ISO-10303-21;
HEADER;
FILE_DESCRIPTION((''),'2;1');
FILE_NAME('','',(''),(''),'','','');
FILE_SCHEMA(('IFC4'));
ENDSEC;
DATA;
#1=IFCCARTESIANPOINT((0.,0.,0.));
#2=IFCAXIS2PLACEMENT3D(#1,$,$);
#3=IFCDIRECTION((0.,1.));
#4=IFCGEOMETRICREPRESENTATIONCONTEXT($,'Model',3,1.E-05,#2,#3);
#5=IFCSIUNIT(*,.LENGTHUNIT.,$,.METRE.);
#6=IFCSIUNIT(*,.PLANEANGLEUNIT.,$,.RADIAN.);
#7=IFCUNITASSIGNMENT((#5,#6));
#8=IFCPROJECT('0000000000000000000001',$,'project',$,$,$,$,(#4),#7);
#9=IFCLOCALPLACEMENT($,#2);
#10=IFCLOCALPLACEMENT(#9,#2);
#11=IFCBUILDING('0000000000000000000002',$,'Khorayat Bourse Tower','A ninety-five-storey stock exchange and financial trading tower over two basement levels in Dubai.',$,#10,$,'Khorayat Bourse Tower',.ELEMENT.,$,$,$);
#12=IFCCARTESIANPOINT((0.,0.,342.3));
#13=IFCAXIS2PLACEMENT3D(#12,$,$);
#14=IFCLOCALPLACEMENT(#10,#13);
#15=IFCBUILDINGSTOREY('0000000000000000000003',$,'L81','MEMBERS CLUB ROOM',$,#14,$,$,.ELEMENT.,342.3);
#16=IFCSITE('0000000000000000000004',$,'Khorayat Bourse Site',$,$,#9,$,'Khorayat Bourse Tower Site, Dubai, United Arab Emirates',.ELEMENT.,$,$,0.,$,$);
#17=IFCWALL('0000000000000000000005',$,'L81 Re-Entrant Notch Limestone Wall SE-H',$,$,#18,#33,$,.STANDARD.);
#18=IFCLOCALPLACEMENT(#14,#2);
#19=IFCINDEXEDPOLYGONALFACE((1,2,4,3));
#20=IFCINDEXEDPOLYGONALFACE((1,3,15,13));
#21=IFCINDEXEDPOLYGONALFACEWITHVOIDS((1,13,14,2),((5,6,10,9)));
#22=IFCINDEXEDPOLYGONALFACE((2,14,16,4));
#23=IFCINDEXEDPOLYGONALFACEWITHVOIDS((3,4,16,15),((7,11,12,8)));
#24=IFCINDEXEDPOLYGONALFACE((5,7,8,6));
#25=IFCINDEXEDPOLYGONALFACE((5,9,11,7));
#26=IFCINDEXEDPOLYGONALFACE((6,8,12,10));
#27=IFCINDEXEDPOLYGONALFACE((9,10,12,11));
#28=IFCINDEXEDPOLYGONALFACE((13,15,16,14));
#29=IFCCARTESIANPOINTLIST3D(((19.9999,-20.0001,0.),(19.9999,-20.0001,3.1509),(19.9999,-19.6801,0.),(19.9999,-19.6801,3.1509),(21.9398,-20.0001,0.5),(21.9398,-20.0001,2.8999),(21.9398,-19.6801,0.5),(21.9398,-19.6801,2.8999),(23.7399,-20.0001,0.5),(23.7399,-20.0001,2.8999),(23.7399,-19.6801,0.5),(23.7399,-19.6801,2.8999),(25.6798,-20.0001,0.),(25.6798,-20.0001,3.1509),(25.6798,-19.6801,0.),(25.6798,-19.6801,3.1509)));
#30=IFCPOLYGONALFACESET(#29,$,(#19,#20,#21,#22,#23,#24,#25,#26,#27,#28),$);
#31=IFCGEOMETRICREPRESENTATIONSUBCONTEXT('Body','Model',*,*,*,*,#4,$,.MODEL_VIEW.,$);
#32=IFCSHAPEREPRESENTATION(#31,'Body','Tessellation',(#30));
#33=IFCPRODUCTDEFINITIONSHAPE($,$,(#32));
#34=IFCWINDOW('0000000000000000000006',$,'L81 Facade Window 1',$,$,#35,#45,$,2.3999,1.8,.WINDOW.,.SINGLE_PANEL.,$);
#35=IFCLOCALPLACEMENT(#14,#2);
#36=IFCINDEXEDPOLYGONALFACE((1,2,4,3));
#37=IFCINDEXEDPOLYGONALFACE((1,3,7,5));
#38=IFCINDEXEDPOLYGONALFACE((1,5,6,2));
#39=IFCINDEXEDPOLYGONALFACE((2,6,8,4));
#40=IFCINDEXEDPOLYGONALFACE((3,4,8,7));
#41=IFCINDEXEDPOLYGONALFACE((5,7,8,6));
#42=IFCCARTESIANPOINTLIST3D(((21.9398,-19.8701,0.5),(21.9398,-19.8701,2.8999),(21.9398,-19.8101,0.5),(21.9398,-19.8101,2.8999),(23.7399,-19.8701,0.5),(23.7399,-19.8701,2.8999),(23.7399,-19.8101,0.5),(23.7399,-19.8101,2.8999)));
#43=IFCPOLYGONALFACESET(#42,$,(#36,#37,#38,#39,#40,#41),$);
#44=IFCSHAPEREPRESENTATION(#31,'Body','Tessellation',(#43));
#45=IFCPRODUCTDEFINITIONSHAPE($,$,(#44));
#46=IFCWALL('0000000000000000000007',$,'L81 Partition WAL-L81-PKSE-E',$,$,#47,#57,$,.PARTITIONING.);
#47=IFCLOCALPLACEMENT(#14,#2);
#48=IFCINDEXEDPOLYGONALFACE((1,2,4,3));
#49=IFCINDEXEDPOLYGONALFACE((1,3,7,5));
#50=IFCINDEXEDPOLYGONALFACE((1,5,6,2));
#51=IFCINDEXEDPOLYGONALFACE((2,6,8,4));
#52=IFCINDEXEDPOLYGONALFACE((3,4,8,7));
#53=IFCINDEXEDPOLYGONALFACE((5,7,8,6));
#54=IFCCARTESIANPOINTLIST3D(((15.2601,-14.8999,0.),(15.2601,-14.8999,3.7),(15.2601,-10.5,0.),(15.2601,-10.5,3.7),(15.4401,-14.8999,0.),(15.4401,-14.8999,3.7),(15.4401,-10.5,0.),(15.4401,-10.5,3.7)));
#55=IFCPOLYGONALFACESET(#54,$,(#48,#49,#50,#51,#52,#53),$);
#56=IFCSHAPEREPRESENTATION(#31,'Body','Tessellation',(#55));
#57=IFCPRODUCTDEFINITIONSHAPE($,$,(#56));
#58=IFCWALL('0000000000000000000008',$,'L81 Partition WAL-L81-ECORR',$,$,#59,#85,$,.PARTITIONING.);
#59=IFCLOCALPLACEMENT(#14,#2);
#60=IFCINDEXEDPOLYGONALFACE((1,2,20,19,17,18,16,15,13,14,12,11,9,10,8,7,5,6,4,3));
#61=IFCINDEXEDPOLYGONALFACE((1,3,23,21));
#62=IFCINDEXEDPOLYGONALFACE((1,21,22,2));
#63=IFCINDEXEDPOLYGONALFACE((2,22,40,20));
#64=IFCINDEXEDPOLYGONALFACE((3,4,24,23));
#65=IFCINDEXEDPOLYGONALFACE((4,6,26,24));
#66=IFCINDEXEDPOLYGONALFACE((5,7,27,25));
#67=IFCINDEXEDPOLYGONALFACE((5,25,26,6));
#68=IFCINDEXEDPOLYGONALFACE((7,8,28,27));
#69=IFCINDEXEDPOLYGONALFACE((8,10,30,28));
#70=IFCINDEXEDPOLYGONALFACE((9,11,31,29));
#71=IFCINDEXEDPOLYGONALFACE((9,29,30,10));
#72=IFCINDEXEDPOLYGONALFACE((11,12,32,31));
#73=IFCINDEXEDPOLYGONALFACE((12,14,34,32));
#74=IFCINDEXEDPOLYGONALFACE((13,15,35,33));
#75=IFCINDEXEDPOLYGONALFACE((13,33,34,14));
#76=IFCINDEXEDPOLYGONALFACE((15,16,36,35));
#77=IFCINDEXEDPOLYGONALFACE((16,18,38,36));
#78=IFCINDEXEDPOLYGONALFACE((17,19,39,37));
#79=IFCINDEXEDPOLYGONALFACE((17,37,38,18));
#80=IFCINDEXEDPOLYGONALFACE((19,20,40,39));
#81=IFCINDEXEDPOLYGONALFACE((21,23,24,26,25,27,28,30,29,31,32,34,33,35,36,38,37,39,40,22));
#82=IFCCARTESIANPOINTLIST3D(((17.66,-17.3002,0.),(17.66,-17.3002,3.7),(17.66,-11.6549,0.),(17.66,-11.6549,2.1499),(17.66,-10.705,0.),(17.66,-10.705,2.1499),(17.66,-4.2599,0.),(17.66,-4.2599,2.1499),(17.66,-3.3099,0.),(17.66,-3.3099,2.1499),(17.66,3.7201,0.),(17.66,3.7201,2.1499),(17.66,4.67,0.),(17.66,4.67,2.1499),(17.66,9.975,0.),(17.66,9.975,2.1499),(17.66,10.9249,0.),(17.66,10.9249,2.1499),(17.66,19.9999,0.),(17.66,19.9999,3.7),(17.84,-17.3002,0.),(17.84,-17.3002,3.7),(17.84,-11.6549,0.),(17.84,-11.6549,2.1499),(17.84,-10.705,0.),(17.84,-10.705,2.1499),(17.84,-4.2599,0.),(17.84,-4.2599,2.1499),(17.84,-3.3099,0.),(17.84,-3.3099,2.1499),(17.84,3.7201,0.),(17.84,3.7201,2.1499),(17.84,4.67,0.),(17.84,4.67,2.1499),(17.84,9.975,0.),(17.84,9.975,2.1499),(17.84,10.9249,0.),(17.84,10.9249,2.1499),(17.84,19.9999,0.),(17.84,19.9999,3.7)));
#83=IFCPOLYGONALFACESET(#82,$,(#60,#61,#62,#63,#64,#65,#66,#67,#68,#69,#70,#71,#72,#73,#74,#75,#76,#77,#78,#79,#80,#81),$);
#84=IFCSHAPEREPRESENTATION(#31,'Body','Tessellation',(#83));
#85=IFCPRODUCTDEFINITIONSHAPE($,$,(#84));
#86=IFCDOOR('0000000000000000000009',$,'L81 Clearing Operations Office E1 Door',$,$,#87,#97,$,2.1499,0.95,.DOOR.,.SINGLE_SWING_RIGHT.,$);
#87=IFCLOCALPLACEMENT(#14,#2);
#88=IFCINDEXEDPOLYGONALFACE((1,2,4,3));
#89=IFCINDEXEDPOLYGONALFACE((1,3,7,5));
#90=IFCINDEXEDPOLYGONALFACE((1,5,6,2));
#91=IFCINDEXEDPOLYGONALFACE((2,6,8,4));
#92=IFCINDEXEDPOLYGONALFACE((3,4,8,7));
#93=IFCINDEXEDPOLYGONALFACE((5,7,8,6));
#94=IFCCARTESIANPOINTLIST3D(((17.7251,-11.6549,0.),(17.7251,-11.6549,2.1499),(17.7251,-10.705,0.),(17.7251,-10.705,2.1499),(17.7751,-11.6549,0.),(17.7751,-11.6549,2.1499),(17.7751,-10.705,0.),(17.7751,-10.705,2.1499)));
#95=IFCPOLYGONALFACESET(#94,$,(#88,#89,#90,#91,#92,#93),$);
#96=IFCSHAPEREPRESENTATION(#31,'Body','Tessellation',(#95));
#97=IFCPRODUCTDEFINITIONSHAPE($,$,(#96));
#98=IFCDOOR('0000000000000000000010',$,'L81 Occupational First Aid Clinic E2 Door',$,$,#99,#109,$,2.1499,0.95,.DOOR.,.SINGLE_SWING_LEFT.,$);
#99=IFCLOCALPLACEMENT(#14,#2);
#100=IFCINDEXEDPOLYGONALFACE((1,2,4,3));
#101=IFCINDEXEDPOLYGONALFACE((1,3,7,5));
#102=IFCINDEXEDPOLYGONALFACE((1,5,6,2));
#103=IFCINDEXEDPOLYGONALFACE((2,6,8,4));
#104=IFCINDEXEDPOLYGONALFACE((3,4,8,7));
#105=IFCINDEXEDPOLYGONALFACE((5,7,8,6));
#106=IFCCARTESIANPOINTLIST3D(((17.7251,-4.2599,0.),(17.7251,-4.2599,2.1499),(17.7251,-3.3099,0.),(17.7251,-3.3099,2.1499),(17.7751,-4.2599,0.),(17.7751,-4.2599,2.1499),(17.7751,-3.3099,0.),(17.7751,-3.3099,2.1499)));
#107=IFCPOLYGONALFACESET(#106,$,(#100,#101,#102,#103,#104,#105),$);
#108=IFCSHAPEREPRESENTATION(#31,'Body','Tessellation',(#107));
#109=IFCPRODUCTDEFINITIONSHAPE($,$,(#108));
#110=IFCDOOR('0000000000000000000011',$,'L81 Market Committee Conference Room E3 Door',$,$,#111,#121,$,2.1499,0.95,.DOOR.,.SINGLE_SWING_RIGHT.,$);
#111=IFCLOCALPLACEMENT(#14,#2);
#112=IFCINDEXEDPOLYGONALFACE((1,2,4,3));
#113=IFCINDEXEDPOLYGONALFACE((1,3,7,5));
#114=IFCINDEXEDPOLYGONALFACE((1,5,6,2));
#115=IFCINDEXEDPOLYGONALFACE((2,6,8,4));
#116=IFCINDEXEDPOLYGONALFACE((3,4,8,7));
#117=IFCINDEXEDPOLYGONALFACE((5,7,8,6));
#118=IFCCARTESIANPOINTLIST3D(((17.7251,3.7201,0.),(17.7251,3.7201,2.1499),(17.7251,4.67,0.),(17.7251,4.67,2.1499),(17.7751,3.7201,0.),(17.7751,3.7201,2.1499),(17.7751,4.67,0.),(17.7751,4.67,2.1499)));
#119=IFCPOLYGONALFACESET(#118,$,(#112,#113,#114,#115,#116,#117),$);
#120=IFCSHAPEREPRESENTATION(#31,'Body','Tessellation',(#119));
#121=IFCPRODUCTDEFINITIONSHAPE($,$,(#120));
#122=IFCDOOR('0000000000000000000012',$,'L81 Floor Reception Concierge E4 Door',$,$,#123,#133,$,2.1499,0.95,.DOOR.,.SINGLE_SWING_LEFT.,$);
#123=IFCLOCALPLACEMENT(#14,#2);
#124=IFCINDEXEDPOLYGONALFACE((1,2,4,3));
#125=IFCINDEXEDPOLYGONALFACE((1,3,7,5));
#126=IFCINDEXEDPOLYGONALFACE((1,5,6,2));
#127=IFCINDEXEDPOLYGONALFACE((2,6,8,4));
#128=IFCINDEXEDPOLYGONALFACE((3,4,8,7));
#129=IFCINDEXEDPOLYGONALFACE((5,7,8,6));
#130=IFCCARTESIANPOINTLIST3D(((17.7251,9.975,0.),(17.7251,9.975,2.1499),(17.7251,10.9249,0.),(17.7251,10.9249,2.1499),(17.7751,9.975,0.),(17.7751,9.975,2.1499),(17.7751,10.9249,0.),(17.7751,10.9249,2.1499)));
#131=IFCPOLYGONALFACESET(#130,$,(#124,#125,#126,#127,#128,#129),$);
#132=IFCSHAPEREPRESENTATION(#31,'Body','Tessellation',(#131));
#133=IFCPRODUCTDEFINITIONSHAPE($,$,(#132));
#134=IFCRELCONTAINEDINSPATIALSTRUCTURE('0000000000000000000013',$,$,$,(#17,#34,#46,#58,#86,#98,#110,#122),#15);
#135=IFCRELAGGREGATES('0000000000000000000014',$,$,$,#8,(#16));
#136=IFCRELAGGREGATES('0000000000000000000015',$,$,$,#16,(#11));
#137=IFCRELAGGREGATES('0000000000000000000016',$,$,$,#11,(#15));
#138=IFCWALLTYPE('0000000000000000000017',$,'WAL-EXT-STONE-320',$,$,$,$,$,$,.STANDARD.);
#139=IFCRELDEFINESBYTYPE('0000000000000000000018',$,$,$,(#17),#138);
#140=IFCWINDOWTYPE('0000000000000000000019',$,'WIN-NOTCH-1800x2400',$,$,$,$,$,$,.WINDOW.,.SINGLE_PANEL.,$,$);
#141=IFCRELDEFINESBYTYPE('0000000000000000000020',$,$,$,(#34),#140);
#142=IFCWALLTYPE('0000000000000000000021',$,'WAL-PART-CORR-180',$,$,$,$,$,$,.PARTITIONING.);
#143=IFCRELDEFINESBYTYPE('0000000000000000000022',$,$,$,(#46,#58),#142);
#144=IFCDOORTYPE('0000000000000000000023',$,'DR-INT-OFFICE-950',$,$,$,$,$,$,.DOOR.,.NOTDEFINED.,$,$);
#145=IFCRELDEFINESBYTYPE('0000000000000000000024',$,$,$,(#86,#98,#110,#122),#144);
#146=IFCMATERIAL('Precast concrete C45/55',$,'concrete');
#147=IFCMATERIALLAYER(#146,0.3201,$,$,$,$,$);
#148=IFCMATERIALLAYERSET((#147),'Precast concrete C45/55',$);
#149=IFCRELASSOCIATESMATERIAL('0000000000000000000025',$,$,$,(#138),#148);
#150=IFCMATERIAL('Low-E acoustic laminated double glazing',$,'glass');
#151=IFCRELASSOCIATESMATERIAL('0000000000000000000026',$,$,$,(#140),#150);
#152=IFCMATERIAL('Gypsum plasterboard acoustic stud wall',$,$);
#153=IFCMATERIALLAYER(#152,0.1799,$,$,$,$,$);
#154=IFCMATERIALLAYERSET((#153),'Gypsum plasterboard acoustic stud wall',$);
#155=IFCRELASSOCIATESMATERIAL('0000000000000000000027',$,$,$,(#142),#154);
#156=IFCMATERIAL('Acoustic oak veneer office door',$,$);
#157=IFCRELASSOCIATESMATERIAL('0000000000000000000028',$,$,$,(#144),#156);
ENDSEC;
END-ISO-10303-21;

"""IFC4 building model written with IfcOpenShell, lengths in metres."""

from ifc_helpers import new_model, si_unit, direction, frame, frame_2d, origin, place, context, subcontext, project, spatial, rectangle, extrude, source, transform, mapped, material, layer, layer_set, type_object, element, fill, save


model = new_model("IFC4")

# Units and contexts
model_context = context("Model", 3, precision=1e-05, world=origin(), true_north=direction((0.0, 1.0)))
body_context = subcontext(model_context, "Body", "Model", "MODEL_VIEW")
ifc_project = project(units=[si_unit("LENGTHUNIT", "METRE"), si_unit("PLANEANGLEUNIT", "RADIAN")], contexts=[model_context])

# Site, building, storey
site_placement = place(None, origin())
site = spatial("IfcSite", under=ifc_project, at=site_placement, Name="Khorayat Bourse Site", LongName="Khorayat Bourse Tower Site, Dubai, United Arab Emirates", CompositionType="ELEMENT", RefElevation=0.0)
building_placement = place(site_placement, origin())
building = spatial("IfcBuilding", under=site, at=building_placement, Name="Khorayat Bourse Tower", Description="A ninety-five-storey stock exchange and financial trading tower over two basement levels in Dubai.", LongName="Khorayat Bourse Tower", CompositionType="ELEMENT")
storey_placement = place(building_placement, frame((0.0, 0.0, 342.3)))
storey = spatial("IfcBuildingStorey", under=building, at=storey_placement, Name="L81", Description="MEMBERS CLUB ROOM", CompositionType="ELEMENT", Elevation=342.3)

# Wall, opening, window
ifc_material_1 = material(Name="Precast concrete C45/55", Category="concrete")
ifc_layer_1 = layer(ifc_material_1, 0.3201)
ifc_layer_set_1 = layer_set([ifc_layer_1], Name="Precast concrete C45/55")
wall_type_1 = type_object("IfcWallType", Name="WAL-EXT-STONE-320", PredefinedType="STANDARD", material=ifc_layer_set_1)
shared_shape_1 = source(origin(), body_context, "Body", "SweptSolid", [
    extrude(rectangle(XDim=5.6799, YDim=0.3201, at=frame_2d((2.8398, 0.0))), origin(), (0.0, 0.0, 1.0), 3.1509),
])
wall_1_placement = place(storey_placement, frame((20.0, -19.8401, 0.0), z_axis=(0.0, 0.0, 1.0), x_axis=(1.0, 0.0, 0.0)))
wall_1 = element("IfcWall", 1, at=wall_1_placement, inside=storey, type_object=wall_type_1, Name="L81 Re-Entrant Notch Limestone Wall SE-H", PredefinedType="STANDARD", context=body_context, shape_type="MappedRepresentation", body=[
    mapped(shared_shape_1, transform((0.0, 0.0, 0.0), scale=1.0)),
])
shared_shape_2 = source(origin(), body_context, "Body", "SweptSolid", [
    extrude(rectangle(XDim=1.8, YDim=2.3999, at=frame_2d((0.8999, 1.2))), frame((0.0, 0.1699, 0.0), z_axis=(0.0, -1.0, 0.0), x_axis=(1.0, 0.0, 0.0)), (0.0, 0.0, 1.0), 0.3401),
])
opening_1_placement = place(wall_1_placement, frame((1.9399, 0.0, 0.5)))
opening_1 = element("IfcOpeningElement", 2, at=opening_1_placement, cuts=wall_1, PredefinedType="OPENING", context=body_context, shape_type="MappedRepresentation", body=[
    mapped(shared_shape_2, transform((0.0, 0.0, 0.0), scale=1.0)),
])
ifc_material_2 = material(Name="Low-E acoustic laminated double glazing", Category="glass")
window_type = type_object("IfcWindowType", Name="WIN-NOTCH-1800x2400", PartitioningType="SINGLE_PANEL", PredefinedType="WINDOW", material=ifc_material_2)
shared_shape_3 = source(origin(), body_context, "Body", "SweptSolid", [
    extrude(rectangle(XDim=1.8, YDim=2.3999, at=frame_2d((0.8999, 1.2))), frame((0.0, 0.03, 0.0), z_axis=(0.0, -1.0, 0.0), x_axis=(1.0, 0.0, 0.0)), (0.0, 0.0, 1.0), 0.0601),
])
window_placement = place(opening_1_placement, origin())
window = element("IfcWindow", 3, at=window_placement, inside=storey, type_object=window_type, Name="L81 Facade Window 1", OverallHeight=2.3999, OverallWidth=1.8, PartitioningType="SINGLE_PANEL", PredefinedType="WINDOW", context=body_context, shape_type="MappedRepresentation", body=[
    mapped(shared_shape_3, transform((0.0, 0.0, 0.0), scale=1.0)),
])
fill(opening_1, window)

# Wall
ifc_material_3 = material(Name="Gypsum plasterboard acoustic stud wall")
ifc_layer_2 = layer(ifc_material_3, 0.1799)
ifc_layer_set_2 = layer_set([ifc_layer_2], Name="Gypsum plasterboard acoustic stud wall")
wall_type_2 = type_object("IfcWallType", Name="WAL-PART-CORR-180", PredefinedType="PARTITIONING", material=ifc_layer_set_2)
shared_shape_4 = source(origin(), body_context, "Body", "SweptSolid", [
    extrude(rectangle(XDim=4.3999, YDim=0.1799, at=frame_2d((2.2, 0.0))), origin(), (0.0, 0.0, 1.0), 3.7),
])
wall_2_placement = place(storey_placement, frame((15.3501, -14.8999, 0.0), z_axis=(0.0, 0.0, 1.0), x_axis=(0.0, 1.0, 0.0)))
element("IfcWall", 4, at=wall_2_placement, inside=storey, type_object=wall_type_2, Name="L81 Partition WAL-L81-PKSE-E", PredefinedType="PARTITIONING", context=body_context, shape_type="MappedRepresentation", body=[
    mapped(shared_shape_4, transform((0.0, 0.0, 0.0), scale=1.0)),
])

# Wall, openings, doors
shared_shape_5 = source(origin(), body_context, "Body", "SweptSolid", [
    extrude(rectangle(XDim=37.3, YDim=0.1799, at=frame_2d((18.6499, 0.0))), origin(), (0.0, 0.0, 1.0), 3.7),
])
wall_3_placement = place(storey_placement, frame((17.75, -17.3, 0.0), z_axis=(0.0, 0.0, 1.0), x_axis=(0.0, 1.0, 0.0)))
wall_3 = element("IfcWall", 5, at=wall_3_placement, inside=storey, type_object=wall_type_2, Name="L81 Partition WAL-L81-ECORR", PredefinedType="PARTITIONING", context=body_context, shape_type="MappedRepresentation", body=[
    mapped(shared_shape_5, transform((0.0, 0.0, 0.0), scale=1.0)),
])
shared_shape_6 = source(origin(), body_context, "Body", "SweptSolid", [
    extrude(rectangle(XDim=0.95, YDim=2.1499, at=frame_2d((0.4751, 1.075))), frame((0.0, 0.0999, 0.0), z_axis=(0.0, -1.0, 0.0), x_axis=(1.0, 0.0, 0.0)), (0.0, 0.0, 1.0), 0.2),
])
opening_2_placement = place(wall_3_placement, frame((5.645, 0.0, 0.0)))
opening_2 = element("IfcOpeningElement", 6, at=opening_2_placement, cuts=wall_3, PredefinedType="OPENING", context=body_context, shape_type="MappedRepresentation", body=[
    mapped(shared_shape_6, transform((0.0, 0.0, 0.0), scale=1.0)),
])
opening_3_placement = place(wall_3_placement, frame((13.04, 0.0, 0.0)))
opening_3 = element("IfcOpeningElement", 7, at=opening_3_placement, cuts=wall_3, PredefinedType="OPENING", context=body_context, shape_type="MappedRepresentation", body=[
    mapped(shared_shape_6, transform((0.0, 0.0, 0.0), scale=1.0)),
])
opening_4_placement = place(wall_3_placement, frame((21.02, 0.0, 0.0)))
opening_4 = element("IfcOpeningElement", 8, at=opening_4_placement, cuts=wall_3, PredefinedType="OPENING", context=body_context, shape_type="MappedRepresentation", body=[
    mapped(shared_shape_6, transform((0.0, 0.0, 0.0), scale=1.0)),
])
opening_5_placement = place(wall_3_placement, frame((27.2749, 0.0, 0.0)))
opening_5 = element("IfcOpeningElement", 9, at=opening_5_placement, cuts=wall_3, PredefinedType="OPENING", context=body_context, shape_type="MappedRepresentation", body=[
    mapped(shared_shape_6, transform((0.0, 0.0, 0.0), scale=1.0)),
])
ifc_material_4 = material(Name="Acoustic oak veneer office door")
door_type_1 = type_object("IfcDoorType", Name="DR-INT-OFFICE-950", OperationType="NOTDEFINED", PredefinedType="DOOR", material=ifc_material_4)
shared_shape_7 = source(origin(), body_context, "Body", "SweptSolid", [
    extrude(rectangle(XDim=0.95, YDim=2.1499, at=frame_2d((0.4751, 1.075))), frame((0.0, 0.0249, 0.0), z_axis=(0.0, -1.0, 0.0), x_axis=(1.0, 0.0, 0.0)), (0.0, 0.0, 1.0), 0.05),
])
door_1_placement = place(opening_2_placement, origin())
door_1 = element("IfcDoor", 10, at=door_1_placement, inside=storey, type_object=door_type_1, Name="L81 Clearing Operations Office E1 Door", OperationType="SINGLE_SWING_RIGHT", OverallHeight=2.1499, OverallWidth=0.95, PredefinedType="DOOR", context=body_context, shape_type="MappedRepresentation", body=[
    mapped(shared_shape_7, transform((0.0, 0.0, 0.0), scale=1.0)),
])
fill(opening_2, door_1)
door_2_placement = place(opening_3_placement, origin())
door_2 = element("IfcDoor", 11, at=door_2_placement, inside=storey, type_object=door_type_1, Name="L81 Occupational First Aid Clinic E2 Door", OperationType="SINGLE_SWING_LEFT", OverallHeight=2.1499, OverallWidth=0.95, PredefinedType="DOOR", context=body_context, shape_type="MappedRepresentation", body=[
    mapped(shared_shape_7, transform((0.0, 0.0, 0.0), scale=1.0)),
])
fill(opening_3, door_2)
door_3_placement = place(opening_4_placement, origin())
door_3 = element("IfcDoor", 12, at=door_3_placement, inside=storey, type_object=door_type_1, Name="L81 Market Committee Conference Room E3 Door", OperationType="SINGLE_SWING_RIGHT", OverallHeight=2.1499, OverallWidth=0.95, PredefinedType="DOOR", context=body_context, shape_type="MappedRepresentation", body=[
    mapped(shared_shape_7, transform((0.0, 0.0, 0.0), scale=1.0)),
])
fill(opening_4, door_3)
door_4_placement = place(opening_5_placement, origin())
door_4 = element("IfcDoor", 13, at=door_4_placement, inside=storey, type_object=door_type_1, Name="L81 Floor Reception Concierge E4 Door", OperationType="SINGLE_SWING_LEFT", OverallHeight=2.1499, OverallWidth=0.95, PredefinedType="DOOR", context=body_context, shape_type="MappedRepresentation", body=[
    mapped(shared_shape_7, transform((0.0, 0.0, 0.0), scale=1.0)),
])
fill(opening_5, door_4)

save(model, "model.ifc")
